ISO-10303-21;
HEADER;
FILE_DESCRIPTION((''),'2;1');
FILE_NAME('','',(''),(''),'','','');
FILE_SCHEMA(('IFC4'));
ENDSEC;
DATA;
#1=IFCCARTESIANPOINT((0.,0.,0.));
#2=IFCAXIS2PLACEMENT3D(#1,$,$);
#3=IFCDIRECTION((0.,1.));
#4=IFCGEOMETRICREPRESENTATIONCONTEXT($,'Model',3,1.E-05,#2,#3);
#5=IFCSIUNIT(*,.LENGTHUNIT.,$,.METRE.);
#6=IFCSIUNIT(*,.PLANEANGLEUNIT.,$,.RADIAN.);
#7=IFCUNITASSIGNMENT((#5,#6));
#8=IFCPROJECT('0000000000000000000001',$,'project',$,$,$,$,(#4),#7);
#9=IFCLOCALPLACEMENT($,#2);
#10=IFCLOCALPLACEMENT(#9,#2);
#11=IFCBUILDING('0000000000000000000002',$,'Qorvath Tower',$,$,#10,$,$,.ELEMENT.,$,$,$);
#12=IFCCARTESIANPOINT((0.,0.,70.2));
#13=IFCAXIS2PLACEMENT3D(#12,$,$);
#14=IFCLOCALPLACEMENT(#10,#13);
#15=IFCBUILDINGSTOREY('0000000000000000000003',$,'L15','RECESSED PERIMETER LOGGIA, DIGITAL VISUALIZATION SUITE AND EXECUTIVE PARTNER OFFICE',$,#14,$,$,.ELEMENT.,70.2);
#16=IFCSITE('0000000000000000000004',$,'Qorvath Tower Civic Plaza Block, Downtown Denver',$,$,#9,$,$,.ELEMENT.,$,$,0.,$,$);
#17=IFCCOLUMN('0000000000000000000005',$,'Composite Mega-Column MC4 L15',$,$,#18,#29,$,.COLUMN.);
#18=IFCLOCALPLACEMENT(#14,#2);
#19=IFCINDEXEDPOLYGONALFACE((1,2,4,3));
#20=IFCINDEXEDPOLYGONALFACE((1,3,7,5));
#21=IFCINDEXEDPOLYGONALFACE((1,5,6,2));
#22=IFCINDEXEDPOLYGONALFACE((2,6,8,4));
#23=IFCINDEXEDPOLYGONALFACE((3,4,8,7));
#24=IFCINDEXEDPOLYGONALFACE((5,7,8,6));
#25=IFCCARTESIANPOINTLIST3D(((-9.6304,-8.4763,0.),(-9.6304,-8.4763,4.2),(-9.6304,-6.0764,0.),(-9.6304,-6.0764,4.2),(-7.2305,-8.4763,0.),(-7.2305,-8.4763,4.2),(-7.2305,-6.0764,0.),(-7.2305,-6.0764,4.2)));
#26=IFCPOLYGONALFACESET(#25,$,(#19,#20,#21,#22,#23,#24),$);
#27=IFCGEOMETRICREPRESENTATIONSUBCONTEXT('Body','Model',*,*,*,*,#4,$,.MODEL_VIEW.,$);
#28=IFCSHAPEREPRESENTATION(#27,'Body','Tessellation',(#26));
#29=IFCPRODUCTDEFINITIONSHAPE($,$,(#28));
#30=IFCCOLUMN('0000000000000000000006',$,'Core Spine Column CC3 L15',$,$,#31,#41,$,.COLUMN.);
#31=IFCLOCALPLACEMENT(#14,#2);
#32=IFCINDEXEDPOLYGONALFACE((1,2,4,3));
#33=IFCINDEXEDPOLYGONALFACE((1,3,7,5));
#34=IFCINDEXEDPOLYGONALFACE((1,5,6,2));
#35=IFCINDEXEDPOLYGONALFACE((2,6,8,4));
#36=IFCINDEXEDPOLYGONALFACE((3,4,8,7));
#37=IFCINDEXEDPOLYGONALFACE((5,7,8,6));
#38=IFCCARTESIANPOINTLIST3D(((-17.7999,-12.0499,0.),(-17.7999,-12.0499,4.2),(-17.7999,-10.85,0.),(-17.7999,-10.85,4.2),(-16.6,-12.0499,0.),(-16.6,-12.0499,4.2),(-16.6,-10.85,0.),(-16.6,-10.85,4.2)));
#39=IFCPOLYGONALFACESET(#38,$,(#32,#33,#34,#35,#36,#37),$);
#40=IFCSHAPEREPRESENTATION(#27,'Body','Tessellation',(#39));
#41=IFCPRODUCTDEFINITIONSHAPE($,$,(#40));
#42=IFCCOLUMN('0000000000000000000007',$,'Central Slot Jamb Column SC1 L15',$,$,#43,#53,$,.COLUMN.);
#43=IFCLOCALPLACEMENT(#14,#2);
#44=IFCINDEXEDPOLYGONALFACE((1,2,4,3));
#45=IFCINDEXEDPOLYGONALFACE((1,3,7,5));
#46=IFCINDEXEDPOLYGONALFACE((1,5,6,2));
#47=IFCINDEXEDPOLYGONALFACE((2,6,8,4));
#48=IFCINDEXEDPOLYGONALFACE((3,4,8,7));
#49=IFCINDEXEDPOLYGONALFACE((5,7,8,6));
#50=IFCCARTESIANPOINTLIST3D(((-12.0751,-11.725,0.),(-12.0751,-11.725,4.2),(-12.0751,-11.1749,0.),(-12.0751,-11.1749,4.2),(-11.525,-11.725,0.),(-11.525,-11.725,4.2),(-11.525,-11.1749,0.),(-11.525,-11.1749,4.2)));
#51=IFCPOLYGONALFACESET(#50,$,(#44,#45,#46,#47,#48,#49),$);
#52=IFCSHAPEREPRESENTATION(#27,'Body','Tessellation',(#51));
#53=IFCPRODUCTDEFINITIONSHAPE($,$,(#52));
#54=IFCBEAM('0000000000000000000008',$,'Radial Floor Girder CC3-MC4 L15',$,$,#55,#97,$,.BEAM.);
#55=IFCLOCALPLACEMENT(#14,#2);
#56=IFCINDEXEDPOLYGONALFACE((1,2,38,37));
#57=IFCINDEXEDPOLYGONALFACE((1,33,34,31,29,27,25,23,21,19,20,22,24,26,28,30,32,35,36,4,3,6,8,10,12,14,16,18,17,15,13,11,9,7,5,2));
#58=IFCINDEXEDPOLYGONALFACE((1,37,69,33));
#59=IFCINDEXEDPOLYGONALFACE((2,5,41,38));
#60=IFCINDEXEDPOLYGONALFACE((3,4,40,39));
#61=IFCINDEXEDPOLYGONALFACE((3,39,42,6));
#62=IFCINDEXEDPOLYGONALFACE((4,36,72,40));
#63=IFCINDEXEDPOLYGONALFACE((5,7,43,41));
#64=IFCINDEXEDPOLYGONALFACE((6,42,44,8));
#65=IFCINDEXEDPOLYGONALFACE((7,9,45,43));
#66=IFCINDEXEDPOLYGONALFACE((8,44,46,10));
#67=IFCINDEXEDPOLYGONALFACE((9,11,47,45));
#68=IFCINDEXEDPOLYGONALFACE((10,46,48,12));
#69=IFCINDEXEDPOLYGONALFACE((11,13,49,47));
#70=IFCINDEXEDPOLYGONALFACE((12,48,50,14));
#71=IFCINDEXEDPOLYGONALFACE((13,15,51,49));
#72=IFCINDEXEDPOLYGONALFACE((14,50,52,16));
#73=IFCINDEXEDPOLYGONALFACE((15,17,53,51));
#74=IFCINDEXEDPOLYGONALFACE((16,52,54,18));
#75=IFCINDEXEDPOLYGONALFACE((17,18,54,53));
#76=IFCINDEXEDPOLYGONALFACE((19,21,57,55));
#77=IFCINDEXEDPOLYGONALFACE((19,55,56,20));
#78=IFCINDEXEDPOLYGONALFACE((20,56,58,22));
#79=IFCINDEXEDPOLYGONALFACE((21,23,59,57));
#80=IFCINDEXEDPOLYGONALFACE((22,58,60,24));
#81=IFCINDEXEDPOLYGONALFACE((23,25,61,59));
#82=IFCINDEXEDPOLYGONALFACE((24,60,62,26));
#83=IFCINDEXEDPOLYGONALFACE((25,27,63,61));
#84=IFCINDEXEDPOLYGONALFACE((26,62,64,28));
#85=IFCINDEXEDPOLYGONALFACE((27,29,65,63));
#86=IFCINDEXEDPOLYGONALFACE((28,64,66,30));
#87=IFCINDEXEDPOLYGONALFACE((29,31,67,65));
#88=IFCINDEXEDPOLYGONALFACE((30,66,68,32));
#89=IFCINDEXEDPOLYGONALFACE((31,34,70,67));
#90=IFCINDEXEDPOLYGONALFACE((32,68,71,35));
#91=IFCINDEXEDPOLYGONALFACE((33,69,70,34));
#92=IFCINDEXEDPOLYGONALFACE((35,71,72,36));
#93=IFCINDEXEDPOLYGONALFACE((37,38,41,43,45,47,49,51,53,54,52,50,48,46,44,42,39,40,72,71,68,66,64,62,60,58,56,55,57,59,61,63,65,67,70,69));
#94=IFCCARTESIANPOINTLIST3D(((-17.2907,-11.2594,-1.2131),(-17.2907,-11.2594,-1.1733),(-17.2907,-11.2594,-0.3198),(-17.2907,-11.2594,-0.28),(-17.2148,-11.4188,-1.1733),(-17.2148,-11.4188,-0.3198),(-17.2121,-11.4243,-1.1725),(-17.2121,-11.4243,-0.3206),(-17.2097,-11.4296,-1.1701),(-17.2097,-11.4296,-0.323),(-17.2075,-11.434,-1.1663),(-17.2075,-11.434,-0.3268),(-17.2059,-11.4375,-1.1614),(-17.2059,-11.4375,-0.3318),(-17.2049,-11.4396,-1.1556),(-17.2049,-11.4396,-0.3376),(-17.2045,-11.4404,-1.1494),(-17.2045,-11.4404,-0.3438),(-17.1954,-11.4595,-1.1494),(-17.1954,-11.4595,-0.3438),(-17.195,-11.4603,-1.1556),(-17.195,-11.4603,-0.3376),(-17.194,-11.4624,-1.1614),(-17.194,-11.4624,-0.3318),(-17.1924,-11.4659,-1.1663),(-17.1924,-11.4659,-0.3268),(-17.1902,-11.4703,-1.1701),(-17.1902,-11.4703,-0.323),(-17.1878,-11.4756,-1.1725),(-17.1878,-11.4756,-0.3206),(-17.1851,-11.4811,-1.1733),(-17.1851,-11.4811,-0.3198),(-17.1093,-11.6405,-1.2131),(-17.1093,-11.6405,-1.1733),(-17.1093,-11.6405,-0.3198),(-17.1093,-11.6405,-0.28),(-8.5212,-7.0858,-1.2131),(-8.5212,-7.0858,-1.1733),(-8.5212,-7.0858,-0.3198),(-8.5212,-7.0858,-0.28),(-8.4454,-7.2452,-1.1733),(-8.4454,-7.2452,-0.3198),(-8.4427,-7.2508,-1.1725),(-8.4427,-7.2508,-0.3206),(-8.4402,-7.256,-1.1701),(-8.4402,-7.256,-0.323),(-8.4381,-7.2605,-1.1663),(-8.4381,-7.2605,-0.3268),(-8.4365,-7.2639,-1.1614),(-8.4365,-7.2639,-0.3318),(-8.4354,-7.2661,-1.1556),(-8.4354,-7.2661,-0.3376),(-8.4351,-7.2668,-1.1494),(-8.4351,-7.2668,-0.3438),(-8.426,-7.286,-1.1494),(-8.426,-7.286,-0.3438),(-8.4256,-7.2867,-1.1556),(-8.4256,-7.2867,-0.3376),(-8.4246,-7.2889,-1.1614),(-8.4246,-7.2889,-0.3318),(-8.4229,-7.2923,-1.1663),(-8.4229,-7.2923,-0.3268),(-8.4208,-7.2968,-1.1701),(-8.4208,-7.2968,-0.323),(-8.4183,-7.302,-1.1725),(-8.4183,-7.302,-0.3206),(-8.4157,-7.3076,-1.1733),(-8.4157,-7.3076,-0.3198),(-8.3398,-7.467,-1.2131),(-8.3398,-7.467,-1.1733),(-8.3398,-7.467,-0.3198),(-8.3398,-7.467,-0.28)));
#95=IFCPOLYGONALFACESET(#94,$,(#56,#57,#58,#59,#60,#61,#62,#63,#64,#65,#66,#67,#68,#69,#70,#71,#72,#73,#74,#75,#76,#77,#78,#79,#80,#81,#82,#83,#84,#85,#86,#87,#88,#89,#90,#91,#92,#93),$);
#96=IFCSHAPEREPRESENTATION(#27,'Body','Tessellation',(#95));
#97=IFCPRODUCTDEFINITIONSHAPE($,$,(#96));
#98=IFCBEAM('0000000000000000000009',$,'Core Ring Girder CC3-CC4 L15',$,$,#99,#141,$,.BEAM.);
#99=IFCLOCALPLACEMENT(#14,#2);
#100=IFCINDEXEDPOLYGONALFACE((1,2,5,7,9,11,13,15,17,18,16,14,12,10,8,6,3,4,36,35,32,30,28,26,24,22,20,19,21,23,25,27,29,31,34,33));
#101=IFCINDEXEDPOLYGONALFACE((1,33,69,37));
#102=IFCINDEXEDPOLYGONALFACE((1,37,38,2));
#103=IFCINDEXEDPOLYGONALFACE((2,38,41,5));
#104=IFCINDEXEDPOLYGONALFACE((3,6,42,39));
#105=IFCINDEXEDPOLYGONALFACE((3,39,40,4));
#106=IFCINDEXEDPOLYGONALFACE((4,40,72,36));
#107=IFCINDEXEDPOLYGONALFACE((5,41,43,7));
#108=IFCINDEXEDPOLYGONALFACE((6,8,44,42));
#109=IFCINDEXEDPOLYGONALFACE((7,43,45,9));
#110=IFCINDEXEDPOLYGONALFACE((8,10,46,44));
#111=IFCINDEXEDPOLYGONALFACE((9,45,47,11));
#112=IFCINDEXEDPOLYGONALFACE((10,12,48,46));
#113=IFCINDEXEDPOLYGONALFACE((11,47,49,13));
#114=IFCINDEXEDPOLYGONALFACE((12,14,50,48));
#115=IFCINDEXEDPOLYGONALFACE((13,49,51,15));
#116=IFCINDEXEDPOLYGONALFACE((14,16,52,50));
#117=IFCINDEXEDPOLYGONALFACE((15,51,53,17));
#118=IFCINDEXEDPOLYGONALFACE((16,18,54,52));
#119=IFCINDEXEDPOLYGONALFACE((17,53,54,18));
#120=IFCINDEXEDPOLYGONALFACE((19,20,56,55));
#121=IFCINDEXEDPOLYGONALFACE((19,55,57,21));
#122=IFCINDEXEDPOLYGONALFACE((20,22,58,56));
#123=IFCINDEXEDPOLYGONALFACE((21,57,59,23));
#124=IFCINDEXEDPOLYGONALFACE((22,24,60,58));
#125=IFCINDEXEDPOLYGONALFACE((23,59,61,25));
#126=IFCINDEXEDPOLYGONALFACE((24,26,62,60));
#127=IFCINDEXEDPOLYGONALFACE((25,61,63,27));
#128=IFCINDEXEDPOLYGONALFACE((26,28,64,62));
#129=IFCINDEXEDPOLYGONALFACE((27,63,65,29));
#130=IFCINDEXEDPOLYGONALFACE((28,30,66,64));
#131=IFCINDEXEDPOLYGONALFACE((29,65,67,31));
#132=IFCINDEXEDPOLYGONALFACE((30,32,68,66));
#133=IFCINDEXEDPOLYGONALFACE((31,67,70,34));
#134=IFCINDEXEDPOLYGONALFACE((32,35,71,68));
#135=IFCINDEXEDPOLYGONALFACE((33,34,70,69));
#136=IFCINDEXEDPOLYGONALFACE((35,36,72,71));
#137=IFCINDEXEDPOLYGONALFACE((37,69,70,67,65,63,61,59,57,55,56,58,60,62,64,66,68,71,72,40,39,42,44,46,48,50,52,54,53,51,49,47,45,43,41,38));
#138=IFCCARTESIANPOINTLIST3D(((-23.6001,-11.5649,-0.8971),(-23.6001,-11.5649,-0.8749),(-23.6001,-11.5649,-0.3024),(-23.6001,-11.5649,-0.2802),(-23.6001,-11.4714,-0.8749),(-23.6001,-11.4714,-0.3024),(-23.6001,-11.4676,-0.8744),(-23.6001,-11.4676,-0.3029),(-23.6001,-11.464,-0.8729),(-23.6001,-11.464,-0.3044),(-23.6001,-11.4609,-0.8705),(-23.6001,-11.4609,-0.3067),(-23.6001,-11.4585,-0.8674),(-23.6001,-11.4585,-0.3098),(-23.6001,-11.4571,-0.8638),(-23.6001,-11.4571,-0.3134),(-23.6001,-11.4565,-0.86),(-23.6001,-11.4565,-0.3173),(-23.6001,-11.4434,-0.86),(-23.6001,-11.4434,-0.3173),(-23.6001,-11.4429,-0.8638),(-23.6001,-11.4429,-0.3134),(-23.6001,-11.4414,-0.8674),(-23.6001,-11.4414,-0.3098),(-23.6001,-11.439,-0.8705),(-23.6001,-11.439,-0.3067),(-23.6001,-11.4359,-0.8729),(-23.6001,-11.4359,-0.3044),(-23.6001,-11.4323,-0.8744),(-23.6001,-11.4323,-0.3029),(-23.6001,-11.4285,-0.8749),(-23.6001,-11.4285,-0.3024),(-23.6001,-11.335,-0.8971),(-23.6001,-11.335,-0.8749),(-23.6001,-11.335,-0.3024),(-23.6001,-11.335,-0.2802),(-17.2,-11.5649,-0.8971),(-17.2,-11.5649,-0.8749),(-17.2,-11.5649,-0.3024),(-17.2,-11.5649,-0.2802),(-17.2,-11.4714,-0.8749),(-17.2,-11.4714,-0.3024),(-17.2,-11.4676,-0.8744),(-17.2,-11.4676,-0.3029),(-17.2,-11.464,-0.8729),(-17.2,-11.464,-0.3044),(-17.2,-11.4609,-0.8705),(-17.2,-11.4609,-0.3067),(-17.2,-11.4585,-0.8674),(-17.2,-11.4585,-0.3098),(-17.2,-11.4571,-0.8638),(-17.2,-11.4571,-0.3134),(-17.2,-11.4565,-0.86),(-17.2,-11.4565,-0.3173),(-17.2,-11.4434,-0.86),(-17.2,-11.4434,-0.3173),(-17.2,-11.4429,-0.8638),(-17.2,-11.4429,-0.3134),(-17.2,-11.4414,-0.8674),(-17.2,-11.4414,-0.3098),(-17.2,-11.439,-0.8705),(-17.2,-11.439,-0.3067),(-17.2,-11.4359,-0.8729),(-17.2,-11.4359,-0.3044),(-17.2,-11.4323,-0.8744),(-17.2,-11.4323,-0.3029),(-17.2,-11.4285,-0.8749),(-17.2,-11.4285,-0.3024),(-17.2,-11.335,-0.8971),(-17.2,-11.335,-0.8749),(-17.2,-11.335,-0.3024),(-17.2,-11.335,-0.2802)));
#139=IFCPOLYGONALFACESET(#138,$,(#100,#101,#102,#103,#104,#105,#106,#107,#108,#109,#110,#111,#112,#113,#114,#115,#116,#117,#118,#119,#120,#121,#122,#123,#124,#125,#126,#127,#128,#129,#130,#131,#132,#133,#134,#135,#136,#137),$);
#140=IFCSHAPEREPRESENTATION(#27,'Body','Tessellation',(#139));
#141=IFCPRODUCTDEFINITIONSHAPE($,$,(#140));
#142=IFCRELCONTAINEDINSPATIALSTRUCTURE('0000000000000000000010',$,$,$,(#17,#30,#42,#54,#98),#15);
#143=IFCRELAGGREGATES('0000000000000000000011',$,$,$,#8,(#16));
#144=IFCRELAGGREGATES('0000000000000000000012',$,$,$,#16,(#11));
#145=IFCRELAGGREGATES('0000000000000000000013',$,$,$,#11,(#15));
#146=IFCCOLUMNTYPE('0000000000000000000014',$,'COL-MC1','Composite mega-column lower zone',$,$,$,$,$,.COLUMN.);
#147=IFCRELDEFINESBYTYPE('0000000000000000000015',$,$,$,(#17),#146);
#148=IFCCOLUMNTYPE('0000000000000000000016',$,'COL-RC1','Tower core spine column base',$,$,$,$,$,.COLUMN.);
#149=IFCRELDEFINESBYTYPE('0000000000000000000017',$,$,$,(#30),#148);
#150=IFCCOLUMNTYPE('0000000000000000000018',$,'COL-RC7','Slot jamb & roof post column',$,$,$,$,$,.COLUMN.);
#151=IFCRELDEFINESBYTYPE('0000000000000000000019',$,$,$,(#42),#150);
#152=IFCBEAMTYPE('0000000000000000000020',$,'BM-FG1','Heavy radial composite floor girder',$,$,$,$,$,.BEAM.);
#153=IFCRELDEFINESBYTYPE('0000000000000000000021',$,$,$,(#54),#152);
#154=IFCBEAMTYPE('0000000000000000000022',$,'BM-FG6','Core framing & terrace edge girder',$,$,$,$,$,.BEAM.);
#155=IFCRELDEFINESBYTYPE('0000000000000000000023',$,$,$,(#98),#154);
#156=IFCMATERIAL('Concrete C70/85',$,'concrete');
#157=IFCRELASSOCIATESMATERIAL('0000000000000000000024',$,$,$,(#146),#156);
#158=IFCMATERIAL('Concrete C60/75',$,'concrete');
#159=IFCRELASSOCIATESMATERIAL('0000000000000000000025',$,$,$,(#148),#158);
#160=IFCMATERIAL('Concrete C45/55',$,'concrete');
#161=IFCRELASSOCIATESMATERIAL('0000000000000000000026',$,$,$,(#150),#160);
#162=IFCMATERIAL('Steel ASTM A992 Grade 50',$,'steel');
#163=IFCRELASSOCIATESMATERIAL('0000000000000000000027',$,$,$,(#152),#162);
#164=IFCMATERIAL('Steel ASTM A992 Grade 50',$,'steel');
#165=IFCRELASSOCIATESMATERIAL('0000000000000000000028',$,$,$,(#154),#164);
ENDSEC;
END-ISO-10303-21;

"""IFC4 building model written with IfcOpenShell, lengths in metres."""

from ifc_helpers import new_model, si_unit, direction, frame, origin, origin_2d, place, context, subcontext, project, spatial, rectangle, i_section, extrude, material, material_profile, profile_set, type_object, element, save


model = new_model("IFC4")

# Units and contexts
model_context = context("Model", 3, precision=1e-05, world=origin(), true_north=direction((0.0, 1.0)))
body_context = subcontext(model_context, "Body", "Model", "MODEL_VIEW")
ifc_project = project(units=[si_unit("LENGTHUNIT", "METRE"), si_unit("PLANEANGLEUNIT", "RADIAN")], contexts=[model_context])

# Site, building, storey
site_placement = place(None, origin())
site = spatial("IfcSite", under=ifc_project, at=site_placement, Name="Qorvath Tower Civic Plaza Block, Downtown Denver", CompositionType="ELEMENT", RefElevation=0.0)
building_placement = place(site_placement, origin())
building = spatial("IfcBuilding", under=site, at=building_placement, Name="Qorvath Tower", CompositionType="ELEMENT")
storey_placement = place(building_placement, frame((0.0, 0.0, 70.2)))
storey = spatial("IfcBuildingStorey", under=building, at=storey_placement, Name="L15", Description="RECESSED PERIMETER LOGGIA, DIGITAL VISUALIZATION SUITE AND EXECUTIVE PARTNER OFFICE", CompositionType="ELEMENT", Elevation=70.2)

# Columns
ifc_material_1 = material(Name="Concrete C70/85", Category="concrete")
ifc_material_profile_1 = material_profile(ifc_material_1, rectangle(XDim=2.3999, YDim=2.3999, at=origin_2d()), Name="MC 2400x2400")
ifc_profile_set_1 = profile_set([ifc_material_profile_1], Name="Concrete C70/85")
column_type_1 = type_object("IfcColumnType", Name="COL-MC1", Description="Composite mega-column lower zone", PredefinedType="COLUMN", material=ifc_profile_set_1)
column_1_placement = place(storey_placement, frame((-8.4304, -7.2764, 0.0), z_axis=(0.0, 0.0, 1.0), x_axis=(1.0, 0.0, 0.0)))
element("IfcColumn", 1, at=column_1_placement, inside=storey, type_object=column_type_1, Name="Composite Mega-Column MC4 L15", PredefinedType="COLUMN", context=body_context, shape_type="SweptSolid", body=[
    extrude(rectangle(XDim=2.3999, YDim=2.3999, at=origin_2d()), origin(), (0.0, 0.0, 1.0), 4.2),
])
ifc_material_2 = material(Name="Concrete C60/75", Category="concrete")
ifc_material_profile_2 = material_profile(ifc_material_2, rectangle(XDim=1.2, YDim=1.2, at=origin_2d()), Name="RC 1200x1200")
ifc_profile_set_2 = profile_set([ifc_material_profile_2], Name="Concrete C60/75")
column_type_2 = type_object("IfcColumnType", Name="COL-RC1", Description="Tower core spine column base", PredefinedType="COLUMN", material=ifc_profile_set_2)
column_2_placement = place(storey_placement, frame((-17.2, -11.45, 0.0), z_axis=(0.0, 0.0, 1.0), x_axis=(1.0, 0.0, 0.0)))
element("IfcColumn", 2, at=column_2_placement, inside=storey, type_object=column_type_2, Name="Core Spine Column CC3 L15", PredefinedType="COLUMN", context=body_context, shape_type="SweptSolid", body=[
    extrude(rectangle(XDim=1.2, YDim=1.2, at=origin_2d()), origin(), (0.0, 0.0, 1.0), 4.2),
])
ifc_material_3 = material(Name="Concrete C45/55", Category="concrete")
ifc_material_profile_3 = material_profile(ifc_material_3, rectangle(XDim=0.55, YDim=0.55, at=origin_2d()), Name="RC 550x550")
ifc_profile_set_3 = profile_set([ifc_material_profile_3], Name="Concrete C45/55")
column_type_3 = type_object("IfcColumnType", Name="COL-RC7", Description="Slot jamb & roof post column", PredefinedType="COLUMN", material=ifc_profile_set_3)
column_3_placement = place(storey_placement, frame((-11.8, -11.45, 0.0), z_axis=(0.0, 0.0, 1.0), x_axis=(1.0, 0.0, 0.0)))
element("IfcColumn", 3, at=column_3_placement, inside=storey, type_object=column_type_3, Name="Central Slot Jamb Column SC1 L15", PredefinedType="COLUMN", context=body_context, shape_type="SweptSolid", body=[
    extrude(rectangle(XDim=0.55, YDim=0.55, at=origin_2d()), origin(), (0.0, 0.0, 1.0), 4.2),
])

# Beams
ifc_material_4 = material(Name="Steel ASTM A992 Grade 50", Category="steel")
ifc_material_profile_4 = material_profile(ifc_material_4, i_section(OverallWidth=0.4221, OverallDepth=0.9331, WebThickness=0.0212, FlangeThickness=0.0398, FilletRadius=0.0239, at=origin_2d()), Name="W36x262")
ifc_profile_set_4 = profile_set([ifc_material_profile_4], Name="Steel ASTM A992 Grade 50")
beam_type_1 = type_object("IfcBeamType", Name="BM-FG1", Description="Heavy radial composite floor girder", PredefinedType="BEAM", material=ifc_profile_set_4)
beam_1_placement = place(storey_placement, frame((-17.2, -11.45, -0.7466), z_axis=(0.902956, 0.429734, 0.0), x_axis=(-0.429734, 0.902956, 0.0)))
element("IfcBeam", 4, at=beam_1_placement, inside=storey, type_object=beam_type_1, Name="Radial Floor Girder CC3-MC4 L15", PredefinedType="BEAM", context=body_context, shape_type="SweptSolid", body=[
    extrude(i_section(OverallWidth=0.4221, OverallDepth=0.9331, WebThickness=0.0212, FlangeThickness=0.0398, FilletRadius=0.0239, at=origin_2d()), origin(), (0.0, 0.0, 1.0), 9.7119),
])
ifc_material_5 = material(Name="Steel ASTM A992 Grade 50", Category="steel")
ifc_material_profile_5 = material_profile(ifc_material_5, i_section(OverallWidth=0.23, OverallDepth=0.6169, WebThickness=0.0132, FlangeThickness=0.0222, FilletRadius=0.0149, at=origin_2d()), Name="W24x94")
ifc_profile_set_5 = profile_set([ifc_material_profile_5], Name="Steel ASTM A992 Grade 50")
beam_type_2 = type_object("IfcBeamType", Name="BM-FG6", Description="Core framing & terrace edge girder", PredefinedType="BEAM", material=ifc_profile_set_5)
beam_2_placement = place(storey_placement, frame((-17.2, -11.45, -0.5886), z_axis=(-1.0, 0.0, 0.0), x_axis=(0.0, -1.0, 0.0)))
element("IfcBeam", 5, at=beam_2_placement, inside=storey, type_object=beam_type_2, Name="Core Ring Girder CC3-CC4 L15", PredefinedType="BEAM", context=body_context, shape_type="SweptSolid", body=[
    extrude(i_section(OverallWidth=0.23, OverallDepth=0.6169, WebThickness=0.0132, FlangeThickness=0.0222, FilletRadius=0.0149, at=origin_2d()), origin(), (0.0, 0.0, 1.0), 6.4001),
])

save(model, "model.ifc")
